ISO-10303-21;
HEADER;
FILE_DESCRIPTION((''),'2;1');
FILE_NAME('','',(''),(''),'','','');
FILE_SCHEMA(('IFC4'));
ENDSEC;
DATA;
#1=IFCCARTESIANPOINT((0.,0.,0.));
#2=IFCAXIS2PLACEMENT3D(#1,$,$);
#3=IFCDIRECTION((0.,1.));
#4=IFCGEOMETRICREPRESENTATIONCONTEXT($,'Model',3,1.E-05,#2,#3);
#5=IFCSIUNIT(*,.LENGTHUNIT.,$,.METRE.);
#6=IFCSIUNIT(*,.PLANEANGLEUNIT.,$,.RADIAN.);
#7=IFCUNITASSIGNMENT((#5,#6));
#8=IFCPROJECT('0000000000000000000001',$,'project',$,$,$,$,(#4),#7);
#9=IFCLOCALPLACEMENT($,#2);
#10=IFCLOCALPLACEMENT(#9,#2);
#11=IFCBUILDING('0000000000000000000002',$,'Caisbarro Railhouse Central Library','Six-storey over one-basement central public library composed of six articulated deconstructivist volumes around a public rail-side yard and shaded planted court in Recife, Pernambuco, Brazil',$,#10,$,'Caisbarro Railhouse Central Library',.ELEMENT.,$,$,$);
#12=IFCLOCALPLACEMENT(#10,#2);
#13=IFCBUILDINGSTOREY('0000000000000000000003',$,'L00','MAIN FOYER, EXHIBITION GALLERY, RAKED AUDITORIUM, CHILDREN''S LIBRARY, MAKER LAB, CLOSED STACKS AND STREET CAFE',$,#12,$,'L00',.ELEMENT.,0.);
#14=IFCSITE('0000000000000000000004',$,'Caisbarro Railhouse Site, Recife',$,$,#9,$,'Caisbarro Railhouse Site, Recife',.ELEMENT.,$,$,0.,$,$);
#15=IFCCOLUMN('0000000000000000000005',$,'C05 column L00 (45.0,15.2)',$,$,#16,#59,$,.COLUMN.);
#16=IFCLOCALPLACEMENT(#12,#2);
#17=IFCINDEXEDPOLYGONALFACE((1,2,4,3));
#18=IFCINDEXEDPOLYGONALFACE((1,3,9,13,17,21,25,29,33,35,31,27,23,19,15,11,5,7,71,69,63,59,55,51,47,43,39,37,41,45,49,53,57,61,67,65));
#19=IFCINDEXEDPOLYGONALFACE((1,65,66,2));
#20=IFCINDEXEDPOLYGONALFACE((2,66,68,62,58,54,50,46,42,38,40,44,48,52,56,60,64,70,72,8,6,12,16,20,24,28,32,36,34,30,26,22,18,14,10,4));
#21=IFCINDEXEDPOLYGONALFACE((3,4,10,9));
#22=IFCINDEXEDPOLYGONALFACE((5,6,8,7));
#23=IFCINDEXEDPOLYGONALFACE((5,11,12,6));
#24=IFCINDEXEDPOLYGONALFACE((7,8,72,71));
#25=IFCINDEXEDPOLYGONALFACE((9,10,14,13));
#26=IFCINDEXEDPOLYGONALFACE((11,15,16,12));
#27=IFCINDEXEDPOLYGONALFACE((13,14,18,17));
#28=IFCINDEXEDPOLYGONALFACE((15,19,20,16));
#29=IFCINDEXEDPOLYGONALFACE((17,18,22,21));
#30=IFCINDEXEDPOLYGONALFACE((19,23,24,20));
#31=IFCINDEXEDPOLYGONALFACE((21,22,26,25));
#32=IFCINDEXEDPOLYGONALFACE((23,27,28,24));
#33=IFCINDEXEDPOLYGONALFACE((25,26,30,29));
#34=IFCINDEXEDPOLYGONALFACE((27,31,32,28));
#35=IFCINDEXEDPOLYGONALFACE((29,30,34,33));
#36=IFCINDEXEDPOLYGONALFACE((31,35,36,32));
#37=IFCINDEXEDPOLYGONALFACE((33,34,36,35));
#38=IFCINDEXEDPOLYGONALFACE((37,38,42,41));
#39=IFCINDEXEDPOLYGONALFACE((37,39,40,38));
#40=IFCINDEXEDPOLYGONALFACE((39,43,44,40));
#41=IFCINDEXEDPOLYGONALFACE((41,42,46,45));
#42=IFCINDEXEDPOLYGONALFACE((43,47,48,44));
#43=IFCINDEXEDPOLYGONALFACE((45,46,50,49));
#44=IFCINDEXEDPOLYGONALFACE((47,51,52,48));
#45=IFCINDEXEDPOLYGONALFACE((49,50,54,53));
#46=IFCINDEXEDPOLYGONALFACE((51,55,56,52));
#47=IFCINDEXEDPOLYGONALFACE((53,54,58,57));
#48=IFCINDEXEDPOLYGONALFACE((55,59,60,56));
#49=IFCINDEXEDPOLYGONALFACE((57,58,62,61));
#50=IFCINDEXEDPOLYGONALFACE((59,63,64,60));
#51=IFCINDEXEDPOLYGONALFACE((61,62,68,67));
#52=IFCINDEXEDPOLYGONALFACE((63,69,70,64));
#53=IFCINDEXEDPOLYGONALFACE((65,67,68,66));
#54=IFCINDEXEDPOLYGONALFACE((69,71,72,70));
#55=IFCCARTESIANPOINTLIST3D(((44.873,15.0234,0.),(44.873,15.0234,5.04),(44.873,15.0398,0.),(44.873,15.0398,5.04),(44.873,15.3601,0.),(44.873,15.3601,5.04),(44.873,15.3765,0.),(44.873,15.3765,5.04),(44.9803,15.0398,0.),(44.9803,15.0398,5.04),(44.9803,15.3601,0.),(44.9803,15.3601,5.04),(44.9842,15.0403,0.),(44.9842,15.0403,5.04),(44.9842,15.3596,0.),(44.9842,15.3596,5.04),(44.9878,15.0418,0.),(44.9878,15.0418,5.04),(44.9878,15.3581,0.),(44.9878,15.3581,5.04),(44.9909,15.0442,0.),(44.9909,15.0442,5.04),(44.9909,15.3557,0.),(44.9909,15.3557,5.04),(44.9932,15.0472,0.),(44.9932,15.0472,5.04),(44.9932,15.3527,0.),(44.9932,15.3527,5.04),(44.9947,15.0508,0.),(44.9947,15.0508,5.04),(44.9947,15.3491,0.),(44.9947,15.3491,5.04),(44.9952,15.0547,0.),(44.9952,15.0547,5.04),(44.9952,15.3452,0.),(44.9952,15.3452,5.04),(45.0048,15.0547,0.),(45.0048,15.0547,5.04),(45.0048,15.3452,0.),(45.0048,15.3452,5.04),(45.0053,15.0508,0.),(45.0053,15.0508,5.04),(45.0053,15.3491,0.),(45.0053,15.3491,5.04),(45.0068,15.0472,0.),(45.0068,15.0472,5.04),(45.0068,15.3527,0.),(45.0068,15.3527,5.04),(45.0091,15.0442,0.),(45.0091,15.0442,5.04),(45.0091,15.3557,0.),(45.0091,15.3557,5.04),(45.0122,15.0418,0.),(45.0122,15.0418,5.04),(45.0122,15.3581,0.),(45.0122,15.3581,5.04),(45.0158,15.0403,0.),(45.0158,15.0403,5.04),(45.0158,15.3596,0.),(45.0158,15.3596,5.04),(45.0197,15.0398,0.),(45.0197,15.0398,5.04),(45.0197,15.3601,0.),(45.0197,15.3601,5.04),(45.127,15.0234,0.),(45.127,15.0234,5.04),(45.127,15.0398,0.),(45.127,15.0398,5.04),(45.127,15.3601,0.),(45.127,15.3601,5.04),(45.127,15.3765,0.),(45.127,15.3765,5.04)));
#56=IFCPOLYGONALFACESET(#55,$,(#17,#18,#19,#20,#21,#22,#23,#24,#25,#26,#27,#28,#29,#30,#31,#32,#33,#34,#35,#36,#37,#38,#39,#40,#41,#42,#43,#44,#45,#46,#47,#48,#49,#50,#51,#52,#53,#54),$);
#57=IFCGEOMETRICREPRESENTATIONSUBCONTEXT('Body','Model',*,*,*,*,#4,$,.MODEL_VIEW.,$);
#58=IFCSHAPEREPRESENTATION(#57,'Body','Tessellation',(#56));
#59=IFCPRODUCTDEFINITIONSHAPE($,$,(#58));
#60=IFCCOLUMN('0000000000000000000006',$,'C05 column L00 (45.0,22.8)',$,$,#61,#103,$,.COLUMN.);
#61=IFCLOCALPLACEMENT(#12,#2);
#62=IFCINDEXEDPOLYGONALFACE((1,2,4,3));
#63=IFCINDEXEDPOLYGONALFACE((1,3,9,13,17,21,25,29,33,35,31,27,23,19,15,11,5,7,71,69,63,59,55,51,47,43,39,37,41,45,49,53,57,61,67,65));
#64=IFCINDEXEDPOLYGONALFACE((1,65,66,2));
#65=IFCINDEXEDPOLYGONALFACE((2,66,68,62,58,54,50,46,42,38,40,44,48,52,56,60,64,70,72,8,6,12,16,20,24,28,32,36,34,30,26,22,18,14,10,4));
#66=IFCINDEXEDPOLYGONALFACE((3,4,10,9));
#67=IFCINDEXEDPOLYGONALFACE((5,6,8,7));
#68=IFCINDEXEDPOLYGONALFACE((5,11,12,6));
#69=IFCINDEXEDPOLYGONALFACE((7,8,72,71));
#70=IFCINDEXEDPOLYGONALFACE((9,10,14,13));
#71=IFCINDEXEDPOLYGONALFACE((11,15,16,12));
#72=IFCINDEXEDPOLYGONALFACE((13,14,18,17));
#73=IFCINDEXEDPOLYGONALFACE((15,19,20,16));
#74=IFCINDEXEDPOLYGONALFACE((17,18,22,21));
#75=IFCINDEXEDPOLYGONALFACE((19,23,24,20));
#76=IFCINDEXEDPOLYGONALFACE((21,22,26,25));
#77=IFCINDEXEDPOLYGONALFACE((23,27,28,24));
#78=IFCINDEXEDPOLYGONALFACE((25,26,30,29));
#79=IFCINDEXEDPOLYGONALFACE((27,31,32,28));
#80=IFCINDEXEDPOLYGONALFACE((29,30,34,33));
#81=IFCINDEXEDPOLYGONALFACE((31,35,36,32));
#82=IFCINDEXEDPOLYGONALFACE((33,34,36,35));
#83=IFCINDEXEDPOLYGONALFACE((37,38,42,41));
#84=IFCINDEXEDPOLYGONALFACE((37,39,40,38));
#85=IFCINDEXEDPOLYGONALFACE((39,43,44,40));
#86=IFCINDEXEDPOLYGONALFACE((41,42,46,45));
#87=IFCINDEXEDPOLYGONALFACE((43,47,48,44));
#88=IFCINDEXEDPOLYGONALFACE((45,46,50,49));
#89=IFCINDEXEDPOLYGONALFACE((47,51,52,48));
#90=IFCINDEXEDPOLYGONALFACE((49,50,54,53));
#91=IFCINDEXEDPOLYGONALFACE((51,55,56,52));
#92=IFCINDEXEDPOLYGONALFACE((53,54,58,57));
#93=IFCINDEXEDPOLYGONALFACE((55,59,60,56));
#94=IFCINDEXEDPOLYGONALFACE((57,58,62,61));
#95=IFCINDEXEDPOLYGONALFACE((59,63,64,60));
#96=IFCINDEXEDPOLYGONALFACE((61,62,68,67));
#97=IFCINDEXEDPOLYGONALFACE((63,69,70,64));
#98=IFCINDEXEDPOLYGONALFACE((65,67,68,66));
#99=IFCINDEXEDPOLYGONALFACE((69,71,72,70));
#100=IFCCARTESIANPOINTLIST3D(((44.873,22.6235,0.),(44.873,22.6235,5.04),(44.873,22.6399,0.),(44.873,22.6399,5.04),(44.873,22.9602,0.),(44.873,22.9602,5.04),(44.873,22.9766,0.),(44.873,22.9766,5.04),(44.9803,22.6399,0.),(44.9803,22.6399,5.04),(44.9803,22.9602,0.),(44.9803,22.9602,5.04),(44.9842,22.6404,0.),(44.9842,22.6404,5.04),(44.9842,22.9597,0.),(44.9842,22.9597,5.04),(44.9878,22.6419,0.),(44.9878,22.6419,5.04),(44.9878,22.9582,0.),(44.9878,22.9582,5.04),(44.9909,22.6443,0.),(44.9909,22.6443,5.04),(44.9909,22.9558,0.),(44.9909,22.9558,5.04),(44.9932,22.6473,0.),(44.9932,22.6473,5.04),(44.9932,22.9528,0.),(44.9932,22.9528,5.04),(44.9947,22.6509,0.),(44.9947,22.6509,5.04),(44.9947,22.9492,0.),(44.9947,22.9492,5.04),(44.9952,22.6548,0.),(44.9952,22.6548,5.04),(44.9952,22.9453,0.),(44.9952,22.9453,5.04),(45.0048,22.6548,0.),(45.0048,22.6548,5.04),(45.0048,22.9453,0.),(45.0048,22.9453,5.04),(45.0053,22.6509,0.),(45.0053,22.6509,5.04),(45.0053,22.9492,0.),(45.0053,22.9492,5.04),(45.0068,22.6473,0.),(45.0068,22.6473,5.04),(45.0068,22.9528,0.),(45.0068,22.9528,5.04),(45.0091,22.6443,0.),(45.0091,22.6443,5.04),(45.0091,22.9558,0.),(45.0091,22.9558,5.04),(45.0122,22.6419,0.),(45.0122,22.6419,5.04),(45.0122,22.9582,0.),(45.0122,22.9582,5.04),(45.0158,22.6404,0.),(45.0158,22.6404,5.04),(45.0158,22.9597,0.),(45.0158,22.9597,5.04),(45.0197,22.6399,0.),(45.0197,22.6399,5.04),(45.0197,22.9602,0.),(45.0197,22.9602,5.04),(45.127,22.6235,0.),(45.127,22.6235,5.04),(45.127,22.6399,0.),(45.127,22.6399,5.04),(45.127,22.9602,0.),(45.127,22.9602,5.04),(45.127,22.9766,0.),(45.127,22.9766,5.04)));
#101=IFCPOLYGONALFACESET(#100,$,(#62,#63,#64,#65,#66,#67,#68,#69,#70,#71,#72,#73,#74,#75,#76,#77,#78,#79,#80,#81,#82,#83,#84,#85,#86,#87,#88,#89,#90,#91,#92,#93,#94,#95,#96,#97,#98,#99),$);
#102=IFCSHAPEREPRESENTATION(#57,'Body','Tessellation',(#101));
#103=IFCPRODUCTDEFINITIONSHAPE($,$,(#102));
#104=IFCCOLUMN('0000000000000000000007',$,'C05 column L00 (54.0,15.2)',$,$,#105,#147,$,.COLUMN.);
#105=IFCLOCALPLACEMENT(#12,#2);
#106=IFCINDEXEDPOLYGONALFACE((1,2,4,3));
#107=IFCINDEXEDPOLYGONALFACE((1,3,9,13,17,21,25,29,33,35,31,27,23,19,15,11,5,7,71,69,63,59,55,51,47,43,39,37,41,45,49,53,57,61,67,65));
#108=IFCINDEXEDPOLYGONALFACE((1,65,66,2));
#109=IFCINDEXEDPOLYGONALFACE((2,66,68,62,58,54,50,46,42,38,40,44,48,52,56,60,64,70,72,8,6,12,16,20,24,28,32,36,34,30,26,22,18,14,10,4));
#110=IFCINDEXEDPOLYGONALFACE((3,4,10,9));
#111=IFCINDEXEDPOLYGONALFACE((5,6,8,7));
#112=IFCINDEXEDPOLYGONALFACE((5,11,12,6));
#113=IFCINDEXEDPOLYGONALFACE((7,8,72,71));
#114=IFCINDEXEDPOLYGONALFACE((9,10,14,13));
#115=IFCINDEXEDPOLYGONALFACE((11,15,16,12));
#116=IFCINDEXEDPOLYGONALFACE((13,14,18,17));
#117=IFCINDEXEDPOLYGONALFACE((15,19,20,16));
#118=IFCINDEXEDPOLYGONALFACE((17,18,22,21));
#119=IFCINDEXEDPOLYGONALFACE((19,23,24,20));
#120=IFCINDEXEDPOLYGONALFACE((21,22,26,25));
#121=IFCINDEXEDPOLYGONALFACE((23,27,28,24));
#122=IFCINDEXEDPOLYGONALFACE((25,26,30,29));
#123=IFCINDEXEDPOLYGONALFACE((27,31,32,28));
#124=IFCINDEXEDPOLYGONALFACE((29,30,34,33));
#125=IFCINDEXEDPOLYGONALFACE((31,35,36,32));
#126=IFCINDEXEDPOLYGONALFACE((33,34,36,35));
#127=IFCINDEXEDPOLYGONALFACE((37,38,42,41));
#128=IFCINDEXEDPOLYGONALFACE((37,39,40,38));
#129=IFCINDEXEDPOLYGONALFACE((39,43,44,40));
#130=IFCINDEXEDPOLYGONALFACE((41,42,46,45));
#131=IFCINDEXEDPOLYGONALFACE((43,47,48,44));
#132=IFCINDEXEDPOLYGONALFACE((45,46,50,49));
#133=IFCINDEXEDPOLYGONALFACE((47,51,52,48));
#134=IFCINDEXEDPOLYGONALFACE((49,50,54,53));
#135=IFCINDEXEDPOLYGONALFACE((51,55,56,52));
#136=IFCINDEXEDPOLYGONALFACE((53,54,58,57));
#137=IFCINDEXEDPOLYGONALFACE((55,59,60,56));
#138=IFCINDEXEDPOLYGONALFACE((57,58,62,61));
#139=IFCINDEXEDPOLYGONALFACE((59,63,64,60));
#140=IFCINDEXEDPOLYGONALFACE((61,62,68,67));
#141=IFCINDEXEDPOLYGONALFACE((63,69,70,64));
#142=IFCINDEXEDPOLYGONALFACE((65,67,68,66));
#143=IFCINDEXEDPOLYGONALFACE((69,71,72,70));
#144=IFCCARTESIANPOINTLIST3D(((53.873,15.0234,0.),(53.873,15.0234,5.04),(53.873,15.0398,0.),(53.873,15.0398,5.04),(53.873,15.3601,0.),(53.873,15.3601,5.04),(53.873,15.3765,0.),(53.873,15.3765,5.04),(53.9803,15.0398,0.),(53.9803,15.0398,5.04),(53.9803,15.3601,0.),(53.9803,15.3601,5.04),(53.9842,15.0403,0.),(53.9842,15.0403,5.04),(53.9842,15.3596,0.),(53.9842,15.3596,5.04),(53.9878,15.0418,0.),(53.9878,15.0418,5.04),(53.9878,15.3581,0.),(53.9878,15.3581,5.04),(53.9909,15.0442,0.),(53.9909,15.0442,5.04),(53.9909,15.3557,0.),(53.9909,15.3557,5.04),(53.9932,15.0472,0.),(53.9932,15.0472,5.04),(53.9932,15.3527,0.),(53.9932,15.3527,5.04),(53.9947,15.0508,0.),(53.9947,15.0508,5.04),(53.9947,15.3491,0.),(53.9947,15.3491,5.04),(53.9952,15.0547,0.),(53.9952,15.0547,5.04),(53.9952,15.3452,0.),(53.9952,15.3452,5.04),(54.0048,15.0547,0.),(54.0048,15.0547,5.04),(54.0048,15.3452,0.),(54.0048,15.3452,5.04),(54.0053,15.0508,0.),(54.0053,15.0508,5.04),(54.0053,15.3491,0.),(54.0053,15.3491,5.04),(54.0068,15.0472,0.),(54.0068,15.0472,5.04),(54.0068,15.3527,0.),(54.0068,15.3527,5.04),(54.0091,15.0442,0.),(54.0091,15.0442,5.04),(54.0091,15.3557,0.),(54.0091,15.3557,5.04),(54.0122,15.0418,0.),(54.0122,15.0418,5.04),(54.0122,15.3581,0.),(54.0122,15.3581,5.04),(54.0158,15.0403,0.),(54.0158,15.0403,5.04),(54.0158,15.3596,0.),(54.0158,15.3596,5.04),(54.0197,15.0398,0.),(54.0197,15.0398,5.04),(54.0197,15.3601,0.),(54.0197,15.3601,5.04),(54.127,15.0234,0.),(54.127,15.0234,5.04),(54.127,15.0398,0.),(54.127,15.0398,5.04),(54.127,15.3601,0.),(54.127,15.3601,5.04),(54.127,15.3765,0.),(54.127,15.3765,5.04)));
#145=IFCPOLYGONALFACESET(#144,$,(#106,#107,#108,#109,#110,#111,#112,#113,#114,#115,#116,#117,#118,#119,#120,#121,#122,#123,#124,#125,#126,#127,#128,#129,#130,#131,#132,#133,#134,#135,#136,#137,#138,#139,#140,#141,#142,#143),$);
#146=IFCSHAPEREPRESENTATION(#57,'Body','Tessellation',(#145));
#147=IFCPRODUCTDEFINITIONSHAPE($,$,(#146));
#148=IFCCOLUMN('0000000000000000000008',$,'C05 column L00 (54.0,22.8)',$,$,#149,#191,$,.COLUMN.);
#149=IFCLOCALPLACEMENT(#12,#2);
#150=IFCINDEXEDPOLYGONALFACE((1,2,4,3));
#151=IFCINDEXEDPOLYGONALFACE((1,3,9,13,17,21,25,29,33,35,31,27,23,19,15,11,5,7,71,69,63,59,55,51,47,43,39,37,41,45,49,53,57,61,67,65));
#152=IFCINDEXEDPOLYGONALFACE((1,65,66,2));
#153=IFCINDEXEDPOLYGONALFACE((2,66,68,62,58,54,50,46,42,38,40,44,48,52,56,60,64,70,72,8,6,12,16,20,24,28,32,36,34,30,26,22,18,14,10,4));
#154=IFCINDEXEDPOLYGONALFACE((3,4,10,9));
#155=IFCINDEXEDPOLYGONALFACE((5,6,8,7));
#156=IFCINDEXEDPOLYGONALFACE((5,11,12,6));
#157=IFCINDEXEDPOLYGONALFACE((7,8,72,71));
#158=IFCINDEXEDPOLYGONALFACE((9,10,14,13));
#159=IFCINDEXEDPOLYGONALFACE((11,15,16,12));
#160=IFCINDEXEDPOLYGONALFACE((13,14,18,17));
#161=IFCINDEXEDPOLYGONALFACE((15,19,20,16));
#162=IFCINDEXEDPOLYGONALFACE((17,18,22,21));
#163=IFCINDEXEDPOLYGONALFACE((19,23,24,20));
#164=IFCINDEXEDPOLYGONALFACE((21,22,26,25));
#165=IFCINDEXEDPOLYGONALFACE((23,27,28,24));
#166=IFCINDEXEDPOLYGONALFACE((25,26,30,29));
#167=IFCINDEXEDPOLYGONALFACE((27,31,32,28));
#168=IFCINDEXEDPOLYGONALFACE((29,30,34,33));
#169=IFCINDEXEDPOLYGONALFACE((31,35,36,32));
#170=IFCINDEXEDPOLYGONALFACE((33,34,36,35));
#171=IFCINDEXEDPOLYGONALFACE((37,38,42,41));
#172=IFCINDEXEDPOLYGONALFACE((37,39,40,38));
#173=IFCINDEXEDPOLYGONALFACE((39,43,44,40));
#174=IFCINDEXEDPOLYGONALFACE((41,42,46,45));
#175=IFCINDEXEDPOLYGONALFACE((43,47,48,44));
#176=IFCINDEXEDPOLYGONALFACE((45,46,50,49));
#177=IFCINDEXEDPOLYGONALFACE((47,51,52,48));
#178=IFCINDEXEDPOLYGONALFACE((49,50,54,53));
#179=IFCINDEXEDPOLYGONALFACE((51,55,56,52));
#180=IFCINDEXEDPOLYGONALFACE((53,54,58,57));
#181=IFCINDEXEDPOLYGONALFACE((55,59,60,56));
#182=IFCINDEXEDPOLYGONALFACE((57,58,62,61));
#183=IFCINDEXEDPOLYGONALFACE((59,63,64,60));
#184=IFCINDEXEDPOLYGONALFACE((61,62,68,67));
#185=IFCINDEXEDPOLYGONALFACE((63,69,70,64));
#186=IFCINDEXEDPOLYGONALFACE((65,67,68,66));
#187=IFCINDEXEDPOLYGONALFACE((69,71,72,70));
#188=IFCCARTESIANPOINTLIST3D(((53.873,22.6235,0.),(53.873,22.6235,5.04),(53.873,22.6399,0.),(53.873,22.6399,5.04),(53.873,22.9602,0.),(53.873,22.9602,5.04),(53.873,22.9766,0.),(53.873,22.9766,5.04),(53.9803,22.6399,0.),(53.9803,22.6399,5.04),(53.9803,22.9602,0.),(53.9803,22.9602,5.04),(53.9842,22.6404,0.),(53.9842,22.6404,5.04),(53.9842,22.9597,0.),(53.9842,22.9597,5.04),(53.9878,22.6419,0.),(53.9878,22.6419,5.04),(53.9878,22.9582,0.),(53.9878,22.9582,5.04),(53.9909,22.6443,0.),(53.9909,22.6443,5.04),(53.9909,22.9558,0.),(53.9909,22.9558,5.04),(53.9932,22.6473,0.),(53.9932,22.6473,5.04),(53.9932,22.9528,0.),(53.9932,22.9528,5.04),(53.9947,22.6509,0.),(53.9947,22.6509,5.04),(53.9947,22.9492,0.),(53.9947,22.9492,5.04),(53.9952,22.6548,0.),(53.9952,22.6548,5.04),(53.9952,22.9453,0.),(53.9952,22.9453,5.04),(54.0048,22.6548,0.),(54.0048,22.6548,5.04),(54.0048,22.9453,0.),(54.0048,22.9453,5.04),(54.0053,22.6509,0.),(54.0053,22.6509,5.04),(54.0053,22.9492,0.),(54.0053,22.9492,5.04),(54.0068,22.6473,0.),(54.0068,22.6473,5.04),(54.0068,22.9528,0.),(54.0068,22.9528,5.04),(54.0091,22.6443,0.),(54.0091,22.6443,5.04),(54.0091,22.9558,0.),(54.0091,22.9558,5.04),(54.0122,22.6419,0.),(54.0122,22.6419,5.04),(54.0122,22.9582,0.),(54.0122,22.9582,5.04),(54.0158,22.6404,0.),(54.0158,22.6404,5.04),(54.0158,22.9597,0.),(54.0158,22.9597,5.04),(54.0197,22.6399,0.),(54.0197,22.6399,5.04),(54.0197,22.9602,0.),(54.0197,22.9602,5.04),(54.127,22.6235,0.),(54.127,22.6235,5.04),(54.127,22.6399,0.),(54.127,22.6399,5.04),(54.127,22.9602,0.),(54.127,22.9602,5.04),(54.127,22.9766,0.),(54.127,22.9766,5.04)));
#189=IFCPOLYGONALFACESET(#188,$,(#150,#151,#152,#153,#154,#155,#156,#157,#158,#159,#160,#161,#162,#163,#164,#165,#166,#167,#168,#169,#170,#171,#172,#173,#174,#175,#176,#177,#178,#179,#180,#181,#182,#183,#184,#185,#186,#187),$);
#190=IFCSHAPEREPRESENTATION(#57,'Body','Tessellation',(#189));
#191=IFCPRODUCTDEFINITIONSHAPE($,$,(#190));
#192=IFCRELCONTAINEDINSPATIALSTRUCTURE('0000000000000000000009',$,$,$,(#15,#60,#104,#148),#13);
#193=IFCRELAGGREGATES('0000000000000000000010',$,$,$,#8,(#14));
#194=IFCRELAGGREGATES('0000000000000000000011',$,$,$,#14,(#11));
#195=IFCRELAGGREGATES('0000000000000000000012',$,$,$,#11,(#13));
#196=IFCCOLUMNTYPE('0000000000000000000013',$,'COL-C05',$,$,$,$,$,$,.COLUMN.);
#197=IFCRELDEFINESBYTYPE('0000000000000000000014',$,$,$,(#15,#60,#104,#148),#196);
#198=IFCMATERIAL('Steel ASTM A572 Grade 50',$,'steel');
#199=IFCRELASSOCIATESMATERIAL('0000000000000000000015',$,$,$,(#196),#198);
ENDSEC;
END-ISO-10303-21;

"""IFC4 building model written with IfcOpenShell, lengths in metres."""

from ifc_helpers import new_model, si_unit, direction, frame, origin, origin_2d, place, context, subcontext, project, spatial, i_section, extrude, material, material_profile, profile_set, type_object, element, save


model = new_model("IFC4")

# Units and contexts
model_context = context("Model", 3, precision=1e-05, world=origin(), true_north=direction((0.0, 1.0)))
body_context = subcontext(model_context, "Body", "Model", "MODEL_VIEW")
ifc_project = project(units=[si_unit("LENGTHUNIT", "METRE"), si_unit("PLANEANGLEUNIT", "RADIAN")], contexts=[model_context])

# Site, building, storey
site_placement = place(None, origin())
site = spatial("IfcSite", under=ifc_project, at=site_placement, Name="Caisbarro Railhouse Site, Recife", LongName="Caisbarro Railhouse Site, Recife", CompositionType="ELEMENT", RefElevation=0.0)
building_placement = place(site_placement, origin())
building = spatial("IfcBuilding", under=site, at=building_placement, Name="Caisbarro Railhouse Central Library", Description="Six-storey over one-basement central public library composed of six articulated deconstructivist volumes around a public rail-side yard and shaded planted court in Recife, Pernambuco, Brazil", LongName="Caisbarro Railhouse Central Library", CompositionType="ELEMENT")
storey_placement = place(building_placement, origin())
storey = spatial("IfcBuildingStorey", under=building, at=storey_placement, Name="L00", Description="MAIN FOYER, EXHIBITION GALLERY, RAKED AUDITORIUM, CHILDREN'S LIBRARY, MAKER LAB, CLOSED STACKS AND STREET CAFE", LongName="L00", CompositionType="ELEMENT", Elevation=0.0)

# Columns
ifc_material_1 = material(Name="Steel ASTM A572 Grade 50", Category="steel")
ifc_material_profile_1 = material_profile(ifc_material_1, i_section(OverallWidth=0.2539, OverallDepth=0.353, WebThickness=0.0095, FlangeThickness=0.0164, FilletRadius=0.0149, at=origin_2d()), Name="W360X91.0")
ifc_profile_set_1 = profile_set([ifc_material_profile_1], Name="Steel ASTM A572 Grade 50")
column_type = type_object("IfcColumnType", Name="COL-C05", PredefinedType="COLUMN", material=ifc_profile_set_1)
for number, where, z_axis, x_axis, name in (
    (1, (45.0, 15.2, 0.0), (0.0, 0.0, 1.0), (1.0, 0.0, 0.0), "C05 column L00 (45.0,15.2)"),
    (2, (45.0, 22.8, 0.0), (0.0, 0.0, 1.0), (1.0, 0.0, 0.0), "C05 column L00 (45.0,22.8)"),
    (3, (54.0, 15.2, 0.0), (0.0, 0.0, 1.0), (1.0, 0.0, 0.0), "C05 column L00 (54.0,15.2)"),
    (4, (54.0, 22.8, 0.0), (0.0, 0.0, 1.0), (1.0, 0.0, 0.0), "C05 column L00 (54.0,22.8)"),
):
    element("IfcColumn", number, at=place(storey_placement, frame(where, z_axis=z_axis, x_axis=x_axis)), inside=storey, type_object=column_type, Name=name, PredefinedType="COLUMN", context=body_context, shape_type="SweptSolid", body=[
        extrude(i_section(OverallWidth=0.2539, OverallDepth=0.353, WebThickness=0.0095, FlangeThickness=0.0164, FilletRadius=0.0149, at=origin_2d()), origin(), (0.0, 0.0, 1.0), 5.04),
    ])

save(model, "model.ifc")
